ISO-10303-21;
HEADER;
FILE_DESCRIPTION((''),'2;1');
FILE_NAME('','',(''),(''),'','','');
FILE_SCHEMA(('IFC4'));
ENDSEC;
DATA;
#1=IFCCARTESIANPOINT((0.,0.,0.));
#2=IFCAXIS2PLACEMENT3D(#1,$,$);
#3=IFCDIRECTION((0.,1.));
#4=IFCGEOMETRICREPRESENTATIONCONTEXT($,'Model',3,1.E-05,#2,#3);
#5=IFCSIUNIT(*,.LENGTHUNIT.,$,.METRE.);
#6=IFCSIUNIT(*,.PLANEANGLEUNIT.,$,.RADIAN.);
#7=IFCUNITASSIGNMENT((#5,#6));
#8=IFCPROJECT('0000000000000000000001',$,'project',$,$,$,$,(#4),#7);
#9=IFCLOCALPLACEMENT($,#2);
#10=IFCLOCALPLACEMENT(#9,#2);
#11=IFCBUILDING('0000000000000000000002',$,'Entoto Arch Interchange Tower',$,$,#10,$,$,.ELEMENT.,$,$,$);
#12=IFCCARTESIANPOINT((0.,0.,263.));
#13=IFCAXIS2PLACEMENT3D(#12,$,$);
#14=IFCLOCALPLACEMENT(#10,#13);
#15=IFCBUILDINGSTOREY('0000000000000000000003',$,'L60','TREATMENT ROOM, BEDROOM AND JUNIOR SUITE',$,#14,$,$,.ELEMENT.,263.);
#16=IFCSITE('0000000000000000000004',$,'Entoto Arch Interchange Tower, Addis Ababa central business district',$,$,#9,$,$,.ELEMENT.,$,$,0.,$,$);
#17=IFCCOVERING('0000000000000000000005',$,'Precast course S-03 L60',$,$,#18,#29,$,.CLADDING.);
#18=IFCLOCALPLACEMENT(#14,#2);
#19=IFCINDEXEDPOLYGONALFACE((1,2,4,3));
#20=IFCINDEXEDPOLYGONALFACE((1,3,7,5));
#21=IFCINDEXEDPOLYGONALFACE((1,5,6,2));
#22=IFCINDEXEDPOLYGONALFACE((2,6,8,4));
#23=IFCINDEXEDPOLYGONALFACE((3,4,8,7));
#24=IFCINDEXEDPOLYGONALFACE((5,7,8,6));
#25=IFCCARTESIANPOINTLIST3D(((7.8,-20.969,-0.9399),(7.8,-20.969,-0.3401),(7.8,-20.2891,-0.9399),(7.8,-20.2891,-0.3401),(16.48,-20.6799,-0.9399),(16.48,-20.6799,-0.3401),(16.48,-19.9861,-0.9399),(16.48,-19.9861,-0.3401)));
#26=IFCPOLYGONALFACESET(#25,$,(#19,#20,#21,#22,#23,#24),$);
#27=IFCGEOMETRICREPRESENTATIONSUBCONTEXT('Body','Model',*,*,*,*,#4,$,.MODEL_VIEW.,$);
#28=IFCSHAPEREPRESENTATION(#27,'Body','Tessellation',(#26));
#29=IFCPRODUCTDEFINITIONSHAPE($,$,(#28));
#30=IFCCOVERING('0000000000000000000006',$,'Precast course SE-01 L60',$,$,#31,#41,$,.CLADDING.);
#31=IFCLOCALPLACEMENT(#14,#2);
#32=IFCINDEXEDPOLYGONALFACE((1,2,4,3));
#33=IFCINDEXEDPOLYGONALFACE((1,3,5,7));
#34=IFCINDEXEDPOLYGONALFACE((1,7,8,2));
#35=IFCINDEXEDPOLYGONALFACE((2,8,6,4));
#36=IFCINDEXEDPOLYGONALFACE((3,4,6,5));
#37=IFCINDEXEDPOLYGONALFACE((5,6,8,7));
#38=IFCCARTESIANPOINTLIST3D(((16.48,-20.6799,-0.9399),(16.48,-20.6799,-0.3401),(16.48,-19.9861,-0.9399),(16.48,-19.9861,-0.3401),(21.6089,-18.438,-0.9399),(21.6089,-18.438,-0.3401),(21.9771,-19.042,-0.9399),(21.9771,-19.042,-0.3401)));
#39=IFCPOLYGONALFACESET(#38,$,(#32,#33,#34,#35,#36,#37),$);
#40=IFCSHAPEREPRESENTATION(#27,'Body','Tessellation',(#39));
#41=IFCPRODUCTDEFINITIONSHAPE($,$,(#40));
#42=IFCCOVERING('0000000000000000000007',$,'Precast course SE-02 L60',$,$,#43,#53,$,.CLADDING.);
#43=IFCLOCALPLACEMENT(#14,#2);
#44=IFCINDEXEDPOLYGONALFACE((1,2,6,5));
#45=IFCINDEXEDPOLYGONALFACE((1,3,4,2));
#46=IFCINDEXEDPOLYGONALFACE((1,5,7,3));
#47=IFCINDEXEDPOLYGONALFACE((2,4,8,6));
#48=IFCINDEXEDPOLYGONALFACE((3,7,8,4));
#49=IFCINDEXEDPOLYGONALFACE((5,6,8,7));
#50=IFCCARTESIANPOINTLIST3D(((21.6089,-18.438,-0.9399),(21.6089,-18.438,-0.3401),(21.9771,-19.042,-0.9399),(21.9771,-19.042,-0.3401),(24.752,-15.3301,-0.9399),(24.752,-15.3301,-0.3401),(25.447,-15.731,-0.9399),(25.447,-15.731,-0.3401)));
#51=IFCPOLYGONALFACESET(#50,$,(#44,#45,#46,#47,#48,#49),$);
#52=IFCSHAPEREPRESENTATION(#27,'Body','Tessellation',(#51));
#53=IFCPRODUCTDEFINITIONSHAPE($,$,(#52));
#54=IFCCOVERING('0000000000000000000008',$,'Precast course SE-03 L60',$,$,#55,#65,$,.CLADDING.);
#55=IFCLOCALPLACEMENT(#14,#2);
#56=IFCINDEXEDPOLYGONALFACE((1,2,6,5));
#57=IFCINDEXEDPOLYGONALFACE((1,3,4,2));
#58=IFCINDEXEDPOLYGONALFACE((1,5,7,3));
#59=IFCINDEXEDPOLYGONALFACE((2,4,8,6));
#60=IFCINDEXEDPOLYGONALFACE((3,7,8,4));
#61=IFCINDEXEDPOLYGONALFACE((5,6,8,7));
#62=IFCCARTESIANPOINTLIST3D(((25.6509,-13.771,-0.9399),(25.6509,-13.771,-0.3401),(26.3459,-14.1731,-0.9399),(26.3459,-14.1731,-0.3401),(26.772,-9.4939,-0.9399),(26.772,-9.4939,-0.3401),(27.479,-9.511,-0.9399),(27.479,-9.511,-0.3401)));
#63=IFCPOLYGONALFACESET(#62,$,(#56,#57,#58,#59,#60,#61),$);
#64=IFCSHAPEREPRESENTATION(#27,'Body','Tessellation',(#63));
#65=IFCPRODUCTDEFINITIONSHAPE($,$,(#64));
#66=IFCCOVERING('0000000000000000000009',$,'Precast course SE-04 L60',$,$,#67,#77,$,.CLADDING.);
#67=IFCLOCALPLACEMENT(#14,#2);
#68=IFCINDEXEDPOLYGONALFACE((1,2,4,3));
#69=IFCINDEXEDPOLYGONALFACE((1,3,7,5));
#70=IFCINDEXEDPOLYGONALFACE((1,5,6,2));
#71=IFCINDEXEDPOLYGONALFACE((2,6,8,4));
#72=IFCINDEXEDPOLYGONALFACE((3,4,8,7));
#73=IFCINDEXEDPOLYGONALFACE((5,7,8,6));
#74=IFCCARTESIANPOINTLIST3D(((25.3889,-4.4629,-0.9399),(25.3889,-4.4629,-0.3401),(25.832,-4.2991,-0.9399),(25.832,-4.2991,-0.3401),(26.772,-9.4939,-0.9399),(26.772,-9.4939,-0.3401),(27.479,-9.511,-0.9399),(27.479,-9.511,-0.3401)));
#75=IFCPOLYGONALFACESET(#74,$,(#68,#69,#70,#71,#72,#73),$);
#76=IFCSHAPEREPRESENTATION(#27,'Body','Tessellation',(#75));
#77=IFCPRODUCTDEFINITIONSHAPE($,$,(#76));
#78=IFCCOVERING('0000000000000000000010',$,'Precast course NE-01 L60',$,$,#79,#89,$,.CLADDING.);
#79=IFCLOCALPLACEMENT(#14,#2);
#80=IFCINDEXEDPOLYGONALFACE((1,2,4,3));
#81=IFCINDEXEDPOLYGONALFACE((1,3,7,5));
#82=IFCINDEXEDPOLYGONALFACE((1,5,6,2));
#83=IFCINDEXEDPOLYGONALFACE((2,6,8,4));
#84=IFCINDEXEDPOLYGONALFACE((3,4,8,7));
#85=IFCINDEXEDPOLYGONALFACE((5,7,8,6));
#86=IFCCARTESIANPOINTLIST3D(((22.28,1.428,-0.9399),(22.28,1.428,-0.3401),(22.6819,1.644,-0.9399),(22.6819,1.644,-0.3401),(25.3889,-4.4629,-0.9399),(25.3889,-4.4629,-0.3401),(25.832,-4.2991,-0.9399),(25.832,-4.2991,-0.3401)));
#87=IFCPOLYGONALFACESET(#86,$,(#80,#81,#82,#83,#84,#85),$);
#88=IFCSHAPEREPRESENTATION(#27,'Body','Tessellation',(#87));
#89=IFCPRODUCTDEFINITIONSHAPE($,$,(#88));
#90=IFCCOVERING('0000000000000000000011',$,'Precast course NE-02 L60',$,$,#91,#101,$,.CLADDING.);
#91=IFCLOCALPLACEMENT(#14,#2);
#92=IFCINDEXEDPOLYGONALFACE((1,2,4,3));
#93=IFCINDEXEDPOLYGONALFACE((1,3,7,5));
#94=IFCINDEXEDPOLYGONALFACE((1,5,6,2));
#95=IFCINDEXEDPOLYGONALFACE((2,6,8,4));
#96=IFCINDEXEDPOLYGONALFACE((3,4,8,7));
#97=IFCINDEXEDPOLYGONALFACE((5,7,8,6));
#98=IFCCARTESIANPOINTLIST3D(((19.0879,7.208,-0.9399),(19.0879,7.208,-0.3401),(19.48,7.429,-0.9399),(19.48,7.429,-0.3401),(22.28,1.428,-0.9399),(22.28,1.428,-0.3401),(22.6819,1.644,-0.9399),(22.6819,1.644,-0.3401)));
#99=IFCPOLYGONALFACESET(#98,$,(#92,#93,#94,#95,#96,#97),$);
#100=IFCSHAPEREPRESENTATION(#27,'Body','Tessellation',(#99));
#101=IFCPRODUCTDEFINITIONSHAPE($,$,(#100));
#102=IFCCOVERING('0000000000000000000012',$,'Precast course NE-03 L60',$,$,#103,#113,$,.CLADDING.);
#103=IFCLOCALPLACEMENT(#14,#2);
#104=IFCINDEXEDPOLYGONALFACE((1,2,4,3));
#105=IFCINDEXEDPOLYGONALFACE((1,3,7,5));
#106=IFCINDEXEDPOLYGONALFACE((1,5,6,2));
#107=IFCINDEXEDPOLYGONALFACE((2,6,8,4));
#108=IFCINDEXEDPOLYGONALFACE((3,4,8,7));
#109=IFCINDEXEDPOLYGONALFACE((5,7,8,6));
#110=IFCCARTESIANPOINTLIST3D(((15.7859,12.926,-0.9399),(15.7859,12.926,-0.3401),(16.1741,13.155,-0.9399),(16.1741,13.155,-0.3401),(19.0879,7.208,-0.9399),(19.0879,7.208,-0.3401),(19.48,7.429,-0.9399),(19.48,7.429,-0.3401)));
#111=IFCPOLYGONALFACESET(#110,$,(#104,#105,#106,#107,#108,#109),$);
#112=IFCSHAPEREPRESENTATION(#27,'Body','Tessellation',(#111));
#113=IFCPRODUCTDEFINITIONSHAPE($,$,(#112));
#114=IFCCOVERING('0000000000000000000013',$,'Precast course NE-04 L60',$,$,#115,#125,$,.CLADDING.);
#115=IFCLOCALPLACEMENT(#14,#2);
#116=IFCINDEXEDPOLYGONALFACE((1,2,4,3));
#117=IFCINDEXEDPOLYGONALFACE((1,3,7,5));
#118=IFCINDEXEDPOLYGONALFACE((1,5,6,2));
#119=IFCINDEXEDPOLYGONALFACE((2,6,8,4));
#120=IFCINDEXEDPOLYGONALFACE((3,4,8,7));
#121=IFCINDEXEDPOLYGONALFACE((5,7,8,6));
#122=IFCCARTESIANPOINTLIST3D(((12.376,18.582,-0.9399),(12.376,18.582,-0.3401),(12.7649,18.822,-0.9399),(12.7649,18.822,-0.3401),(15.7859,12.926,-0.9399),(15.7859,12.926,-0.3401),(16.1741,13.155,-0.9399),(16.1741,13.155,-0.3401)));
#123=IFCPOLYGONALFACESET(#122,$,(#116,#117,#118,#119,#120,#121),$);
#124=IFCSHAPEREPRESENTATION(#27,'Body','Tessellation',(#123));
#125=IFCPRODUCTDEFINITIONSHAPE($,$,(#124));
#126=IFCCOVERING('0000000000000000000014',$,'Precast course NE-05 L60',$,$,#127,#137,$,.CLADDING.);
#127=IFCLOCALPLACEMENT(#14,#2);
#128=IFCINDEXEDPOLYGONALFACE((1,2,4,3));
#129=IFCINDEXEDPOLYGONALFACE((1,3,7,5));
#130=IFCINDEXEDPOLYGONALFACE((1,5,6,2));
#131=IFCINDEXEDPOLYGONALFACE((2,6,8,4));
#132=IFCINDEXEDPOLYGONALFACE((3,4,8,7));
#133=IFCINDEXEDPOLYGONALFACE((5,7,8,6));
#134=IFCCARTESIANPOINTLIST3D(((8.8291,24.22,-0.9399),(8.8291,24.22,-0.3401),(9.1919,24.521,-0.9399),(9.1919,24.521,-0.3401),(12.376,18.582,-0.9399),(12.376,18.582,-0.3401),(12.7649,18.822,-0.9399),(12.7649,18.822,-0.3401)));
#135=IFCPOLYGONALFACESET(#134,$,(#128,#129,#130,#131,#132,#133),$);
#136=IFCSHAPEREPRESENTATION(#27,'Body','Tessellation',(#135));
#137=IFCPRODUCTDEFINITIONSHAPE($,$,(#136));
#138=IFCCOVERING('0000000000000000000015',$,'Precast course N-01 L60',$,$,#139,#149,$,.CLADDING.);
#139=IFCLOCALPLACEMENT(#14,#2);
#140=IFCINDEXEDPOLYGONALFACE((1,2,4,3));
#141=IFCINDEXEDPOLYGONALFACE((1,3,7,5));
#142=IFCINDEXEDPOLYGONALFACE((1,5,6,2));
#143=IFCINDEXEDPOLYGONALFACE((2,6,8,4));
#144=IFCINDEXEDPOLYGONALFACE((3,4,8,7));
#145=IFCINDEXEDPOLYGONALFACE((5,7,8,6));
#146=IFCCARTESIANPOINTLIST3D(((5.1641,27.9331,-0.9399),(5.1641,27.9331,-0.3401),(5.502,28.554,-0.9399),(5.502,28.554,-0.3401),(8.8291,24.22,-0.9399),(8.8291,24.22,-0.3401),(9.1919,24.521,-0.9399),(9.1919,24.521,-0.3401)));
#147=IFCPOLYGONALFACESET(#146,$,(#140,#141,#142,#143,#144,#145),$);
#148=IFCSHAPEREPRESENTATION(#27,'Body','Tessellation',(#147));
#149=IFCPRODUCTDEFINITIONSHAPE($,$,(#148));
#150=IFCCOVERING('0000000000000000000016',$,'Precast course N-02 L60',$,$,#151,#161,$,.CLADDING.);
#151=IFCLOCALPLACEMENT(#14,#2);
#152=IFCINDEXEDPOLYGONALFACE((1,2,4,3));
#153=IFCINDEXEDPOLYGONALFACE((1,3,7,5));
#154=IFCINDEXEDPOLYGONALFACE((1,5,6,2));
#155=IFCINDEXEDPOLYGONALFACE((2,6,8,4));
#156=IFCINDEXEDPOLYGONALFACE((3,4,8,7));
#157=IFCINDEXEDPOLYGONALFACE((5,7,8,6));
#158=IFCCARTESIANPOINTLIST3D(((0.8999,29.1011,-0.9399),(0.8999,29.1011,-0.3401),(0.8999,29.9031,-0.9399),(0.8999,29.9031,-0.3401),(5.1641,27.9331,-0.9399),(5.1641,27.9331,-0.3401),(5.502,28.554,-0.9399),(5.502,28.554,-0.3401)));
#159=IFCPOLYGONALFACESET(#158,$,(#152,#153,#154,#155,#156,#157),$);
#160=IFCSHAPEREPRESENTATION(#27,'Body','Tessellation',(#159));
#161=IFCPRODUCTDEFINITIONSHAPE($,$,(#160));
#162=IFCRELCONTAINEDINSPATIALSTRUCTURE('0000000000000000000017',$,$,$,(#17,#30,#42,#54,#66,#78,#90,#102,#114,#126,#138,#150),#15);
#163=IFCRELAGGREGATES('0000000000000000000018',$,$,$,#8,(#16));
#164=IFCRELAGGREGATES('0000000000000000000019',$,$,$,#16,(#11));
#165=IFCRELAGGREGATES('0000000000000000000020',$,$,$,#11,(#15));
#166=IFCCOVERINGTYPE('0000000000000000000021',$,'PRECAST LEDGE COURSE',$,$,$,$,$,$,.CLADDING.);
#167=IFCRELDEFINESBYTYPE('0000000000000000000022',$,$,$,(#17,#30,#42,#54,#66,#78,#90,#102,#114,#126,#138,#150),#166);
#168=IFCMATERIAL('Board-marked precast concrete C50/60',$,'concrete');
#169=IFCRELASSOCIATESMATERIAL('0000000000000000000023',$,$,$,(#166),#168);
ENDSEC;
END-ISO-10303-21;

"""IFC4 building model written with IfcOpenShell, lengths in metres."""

from ifc_helpers import new_model, si_unit, direction, frame, origin, place, context, subcontext, project, spatial, polyline, outline, extrude, material, type_object, element, save


model = new_model("IFC4")

# Units and contexts
model_context = context("Model", 3, precision=1e-05, world=origin(), true_north=direction((0.0, 1.0)))
body_context = subcontext(model_context, "Body", "Model", "MODEL_VIEW")
ifc_project = project(units=[si_unit("LENGTHUNIT", "METRE"), si_unit("PLANEANGLEUNIT", "RADIAN")], contexts=[model_context])

# Site, building, storey
site_placement = place(None, origin())
site = spatial("IfcSite", under=ifc_project, at=site_placement, Name="Entoto Arch Interchange Tower, Addis Ababa central business district", CompositionType="ELEMENT", RefElevation=0.0)
building_placement = place(site_placement, origin())
building = spatial("IfcBuilding", under=site, at=building_placement, Name="Entoto Arch Interchange Tower", CompositionType="ELEMENT")
storey_placement = place(building_placement, frame((0.0, 0.0, 263.0)))
storey = spatial("IfcBuildingStorey", under=building, at=storey_placement, Name="L60", Description="TREATMENT ROOM, BEDROOM AND JUNIOR SUITE", CompositionType="ELEMENT", Elevation=263.0)

# Coverings
ifc_material_1 = material(Name="Board-marked precast concrete C50/60", Category="concrete")
covering_type = type_object("IfcCoveringType", Name="PRECAST LEDGE COURSE", PredefinedType="CLADDING", material=ifc_material_1)
covering_1_placement = place(storey_placement, frame((0.0, 0.0, -0.9399)))
element("IfcCovering", 1, at=covering_1_placement, inside=storey, type_object=covering_type, Name="Precast course S-03 L60", PredefinedType="CLADDING", context=body_context, shape_type="SweptSolid", body=[
    extrude(outline(polyline([(16.48, -19.9861), (16.48, -20.6799), (7.8, -20.969), (7.8, -20.2891), (16.48, -19.9861)])), origin(), (0.0, 0.0, 1.0), 0.5999),
])
covering_2_placement = place(storey_placement, frame((0.0, 0.0, -0.9399)))
element("IfcCovering", 2, at=covering_2_placement, inside=storey, type_object=covering_type, Name="Precast course SE-01 L60", PredefinedType="CLADDING", context=body_context, shape_type="SweptSolid", body=[
    extrude(outline(polyline([(21.6089, -18.438), (21.9771, -19.042), (16.48, -20.6799), (16.48, -19.9861), (21.6089, -18.438)])), origin(), (0.0, 0.0, 1.0), 0.5999),
])
covering_3_placement = place(storey_placement, frame((0.0, 0.0, -0.9399)))
element("IfcCovering", 3, at=covering_3_placement, inside=storey, type_object=covering_type, Name="Precast course SE-02 L60", PredefinedType="CLADDING", context=body_context, shape_type="SweptSolid", body=[
    extrude(outline(polyline([(24.752, -15.3301), (25.447, -15.731), (21.9771, -19.042), (21.6089, -18.438), (24.752, -15.3301)])), origin(), (0.0, 0.0, 1.0), 0.5999),
])
covering_4_placement = place(storey_placement, frame((0.0, 0.0, -0.9399)))
element("IfcCovering", 4, at=covering_4_placement, inside=storey, type_object=covering_type, Name="Precast course SE-03 L60", PredefinedType="CLADDING", context=body_context, shape_type="SweptSolid", body=[
    extrude(outline(polyline([(26.772, -9.4939), (27.479, -9.511), (26.3459, -14.1731), (25.6509, -13.771), (26.772, -9.4939)])), origin(), (0.0, 0.0, 1.0), 0.5999),
])
covering_5_placement = place(storey_placement, frame((0.0, 0.0, -0.9399)))
element("IfcCovering", 5, at=covering_5_placement, inside=storey, type_object=covering_type, Name="Precast course SE-04 L60", PredefinedType="CLADDING", context=body_context, shape_type="SweptSolid", body=[
    extrude(outline(polyline([(25.3889, -4.4629), (25.832, -4.2991), (27.479, -9.511), (26.772, -9.4939), (25.3889, -4.4629)])), origin(), (0.0, 0.0, 1.0), 0.5999),
])
covering_6_placement = place(storey_placement, frame((0.0, 0.0, -0.9399)))
element("IfcCovering", 6, at=covering_6_placement, inside=storey, type_object=covering_type, Name="Precast course NE-01 L60", PredefinedType="CLADDING", context=body_context, shape_type="SweptSolid", body=[
    extrude(outline(polyline([(22.28, 1.428), (22.6819, 1.644), (25.832, -4.2991), (25.3889, -4.4629), (22.28, 1.428)])), origin(), (0.0, 0.0, 1.0), 0.5999),
])
covering_7_placement = place(storey_placement, frame((0.0, 0.0, -0.9399)))
element("IfcCovering", 7, at=covering_7_placement, inside=storey, type_object=covering_type, Name="Precast course NE-02 L60", PredefinedType="CLADDING", context=body_context, shape_type="SweptSolid", body=[
    extrude(outline(polyline([(19.0879, 7.208), (19.48, 7.429), (22.6819, 1.644), (22.28, 1.428), (19.0879, 7.208)])), origin(), (0.0, 0.0, 1.0), 0.5999),
])
covering_8_placement = place(storey_placement, frame((0.0, 0.0, -0.9399)))
element("IfcCovering", 8, at=covering_8_placement, inside=storey, type_object=covering_type, Name="Precast course NE-03 L60", PredefinedType="CLADDING", context=body_context, shape_type="SweptSolid", body=[
    extrude(outline(polyline([(15.7859, 12.926), (16.1741, 13.155), (19.48, 7.429), (19.0879, 7.208), (15.7859, 12.926)])), origin(), (0.0, 0.0, 1.0), 0.5999),
])
covering_9_placement = place(storey_placement, frame((0.0, 0.0, -0.9399)))
element("IfcCovering", 9, at=covering_9_placement, inside=storey, type_object=covering_type, Name="Precast course NE-04 L60", PredefinedType="CLADDING", context=body_context, shape_type="SweptSolid", body=[
    extrude(outline(polyline([(12.376, 18.582), (12.7649, 18.822), (16.1741, 13.155), (15.7859, 12.926), (12.376, 18.582)])), origin(), (0.0, 0.0, 1.0), 0.5999),
])
covering_10_placement = place(storey_placement, frame((0.0, 0.0, -0.9399)))
element("IfcCovering", 10, at=covering_10_placement, inside=storey, type_object=covering_type, Name="Precast course NE-05 L60", PredefinedType="CLADDING", context=body_context, shape_type="SweptSolid", body=[
    extrude(outline(polyline([(8.8291, 24.22), (9.1919, 24.521), (12.7649, 18.822), (12.376, 18.582), (8.8291, 24.22)])), origin(), (0.0, 0.0, 1.0), 0.5999),
])
covering_11_placement = place(storey_placement, frame((0.0, 0.0, -0.9399)))
element("IfcCovering", 11, at=covering_11_placement, inside=storey, type_object=covering_type, Name="Precast course N-01 L60", PredefinedType="CLADDING", context=body_context, shape_type="SweptSolid", body=[
    extrude(outline(polyline([(5.1641, 27.9331), (5.502, 28.554), (9.1919, 24.521), (8.8291, 24.22), (5.1641, 27.9331)])), origin(), (0.0, 0.0, 1.0), 0.5999),
])
covering_12_placement = place(storey_placement, frame((0.0, 0.0, -0.9399)))
element("IfcCovering", 12, at=covering_12_placement, inside=storey, type_object=covering_type, Name="Precast course N-02 L60", PredefinedType="CLADDING", context=body_context, shape_type="SweptSolid", body=[
    extrude(outline(polyline([(0.8999, 29.1011), (0.8999, 29.9031), (5.502, 28.554), (5.1641, 27.9331), (0.8999, 29.1011)])), origin(), (0.0, 0.0, 1.0), 0.5999),
])

save(model, "model.ifc")
